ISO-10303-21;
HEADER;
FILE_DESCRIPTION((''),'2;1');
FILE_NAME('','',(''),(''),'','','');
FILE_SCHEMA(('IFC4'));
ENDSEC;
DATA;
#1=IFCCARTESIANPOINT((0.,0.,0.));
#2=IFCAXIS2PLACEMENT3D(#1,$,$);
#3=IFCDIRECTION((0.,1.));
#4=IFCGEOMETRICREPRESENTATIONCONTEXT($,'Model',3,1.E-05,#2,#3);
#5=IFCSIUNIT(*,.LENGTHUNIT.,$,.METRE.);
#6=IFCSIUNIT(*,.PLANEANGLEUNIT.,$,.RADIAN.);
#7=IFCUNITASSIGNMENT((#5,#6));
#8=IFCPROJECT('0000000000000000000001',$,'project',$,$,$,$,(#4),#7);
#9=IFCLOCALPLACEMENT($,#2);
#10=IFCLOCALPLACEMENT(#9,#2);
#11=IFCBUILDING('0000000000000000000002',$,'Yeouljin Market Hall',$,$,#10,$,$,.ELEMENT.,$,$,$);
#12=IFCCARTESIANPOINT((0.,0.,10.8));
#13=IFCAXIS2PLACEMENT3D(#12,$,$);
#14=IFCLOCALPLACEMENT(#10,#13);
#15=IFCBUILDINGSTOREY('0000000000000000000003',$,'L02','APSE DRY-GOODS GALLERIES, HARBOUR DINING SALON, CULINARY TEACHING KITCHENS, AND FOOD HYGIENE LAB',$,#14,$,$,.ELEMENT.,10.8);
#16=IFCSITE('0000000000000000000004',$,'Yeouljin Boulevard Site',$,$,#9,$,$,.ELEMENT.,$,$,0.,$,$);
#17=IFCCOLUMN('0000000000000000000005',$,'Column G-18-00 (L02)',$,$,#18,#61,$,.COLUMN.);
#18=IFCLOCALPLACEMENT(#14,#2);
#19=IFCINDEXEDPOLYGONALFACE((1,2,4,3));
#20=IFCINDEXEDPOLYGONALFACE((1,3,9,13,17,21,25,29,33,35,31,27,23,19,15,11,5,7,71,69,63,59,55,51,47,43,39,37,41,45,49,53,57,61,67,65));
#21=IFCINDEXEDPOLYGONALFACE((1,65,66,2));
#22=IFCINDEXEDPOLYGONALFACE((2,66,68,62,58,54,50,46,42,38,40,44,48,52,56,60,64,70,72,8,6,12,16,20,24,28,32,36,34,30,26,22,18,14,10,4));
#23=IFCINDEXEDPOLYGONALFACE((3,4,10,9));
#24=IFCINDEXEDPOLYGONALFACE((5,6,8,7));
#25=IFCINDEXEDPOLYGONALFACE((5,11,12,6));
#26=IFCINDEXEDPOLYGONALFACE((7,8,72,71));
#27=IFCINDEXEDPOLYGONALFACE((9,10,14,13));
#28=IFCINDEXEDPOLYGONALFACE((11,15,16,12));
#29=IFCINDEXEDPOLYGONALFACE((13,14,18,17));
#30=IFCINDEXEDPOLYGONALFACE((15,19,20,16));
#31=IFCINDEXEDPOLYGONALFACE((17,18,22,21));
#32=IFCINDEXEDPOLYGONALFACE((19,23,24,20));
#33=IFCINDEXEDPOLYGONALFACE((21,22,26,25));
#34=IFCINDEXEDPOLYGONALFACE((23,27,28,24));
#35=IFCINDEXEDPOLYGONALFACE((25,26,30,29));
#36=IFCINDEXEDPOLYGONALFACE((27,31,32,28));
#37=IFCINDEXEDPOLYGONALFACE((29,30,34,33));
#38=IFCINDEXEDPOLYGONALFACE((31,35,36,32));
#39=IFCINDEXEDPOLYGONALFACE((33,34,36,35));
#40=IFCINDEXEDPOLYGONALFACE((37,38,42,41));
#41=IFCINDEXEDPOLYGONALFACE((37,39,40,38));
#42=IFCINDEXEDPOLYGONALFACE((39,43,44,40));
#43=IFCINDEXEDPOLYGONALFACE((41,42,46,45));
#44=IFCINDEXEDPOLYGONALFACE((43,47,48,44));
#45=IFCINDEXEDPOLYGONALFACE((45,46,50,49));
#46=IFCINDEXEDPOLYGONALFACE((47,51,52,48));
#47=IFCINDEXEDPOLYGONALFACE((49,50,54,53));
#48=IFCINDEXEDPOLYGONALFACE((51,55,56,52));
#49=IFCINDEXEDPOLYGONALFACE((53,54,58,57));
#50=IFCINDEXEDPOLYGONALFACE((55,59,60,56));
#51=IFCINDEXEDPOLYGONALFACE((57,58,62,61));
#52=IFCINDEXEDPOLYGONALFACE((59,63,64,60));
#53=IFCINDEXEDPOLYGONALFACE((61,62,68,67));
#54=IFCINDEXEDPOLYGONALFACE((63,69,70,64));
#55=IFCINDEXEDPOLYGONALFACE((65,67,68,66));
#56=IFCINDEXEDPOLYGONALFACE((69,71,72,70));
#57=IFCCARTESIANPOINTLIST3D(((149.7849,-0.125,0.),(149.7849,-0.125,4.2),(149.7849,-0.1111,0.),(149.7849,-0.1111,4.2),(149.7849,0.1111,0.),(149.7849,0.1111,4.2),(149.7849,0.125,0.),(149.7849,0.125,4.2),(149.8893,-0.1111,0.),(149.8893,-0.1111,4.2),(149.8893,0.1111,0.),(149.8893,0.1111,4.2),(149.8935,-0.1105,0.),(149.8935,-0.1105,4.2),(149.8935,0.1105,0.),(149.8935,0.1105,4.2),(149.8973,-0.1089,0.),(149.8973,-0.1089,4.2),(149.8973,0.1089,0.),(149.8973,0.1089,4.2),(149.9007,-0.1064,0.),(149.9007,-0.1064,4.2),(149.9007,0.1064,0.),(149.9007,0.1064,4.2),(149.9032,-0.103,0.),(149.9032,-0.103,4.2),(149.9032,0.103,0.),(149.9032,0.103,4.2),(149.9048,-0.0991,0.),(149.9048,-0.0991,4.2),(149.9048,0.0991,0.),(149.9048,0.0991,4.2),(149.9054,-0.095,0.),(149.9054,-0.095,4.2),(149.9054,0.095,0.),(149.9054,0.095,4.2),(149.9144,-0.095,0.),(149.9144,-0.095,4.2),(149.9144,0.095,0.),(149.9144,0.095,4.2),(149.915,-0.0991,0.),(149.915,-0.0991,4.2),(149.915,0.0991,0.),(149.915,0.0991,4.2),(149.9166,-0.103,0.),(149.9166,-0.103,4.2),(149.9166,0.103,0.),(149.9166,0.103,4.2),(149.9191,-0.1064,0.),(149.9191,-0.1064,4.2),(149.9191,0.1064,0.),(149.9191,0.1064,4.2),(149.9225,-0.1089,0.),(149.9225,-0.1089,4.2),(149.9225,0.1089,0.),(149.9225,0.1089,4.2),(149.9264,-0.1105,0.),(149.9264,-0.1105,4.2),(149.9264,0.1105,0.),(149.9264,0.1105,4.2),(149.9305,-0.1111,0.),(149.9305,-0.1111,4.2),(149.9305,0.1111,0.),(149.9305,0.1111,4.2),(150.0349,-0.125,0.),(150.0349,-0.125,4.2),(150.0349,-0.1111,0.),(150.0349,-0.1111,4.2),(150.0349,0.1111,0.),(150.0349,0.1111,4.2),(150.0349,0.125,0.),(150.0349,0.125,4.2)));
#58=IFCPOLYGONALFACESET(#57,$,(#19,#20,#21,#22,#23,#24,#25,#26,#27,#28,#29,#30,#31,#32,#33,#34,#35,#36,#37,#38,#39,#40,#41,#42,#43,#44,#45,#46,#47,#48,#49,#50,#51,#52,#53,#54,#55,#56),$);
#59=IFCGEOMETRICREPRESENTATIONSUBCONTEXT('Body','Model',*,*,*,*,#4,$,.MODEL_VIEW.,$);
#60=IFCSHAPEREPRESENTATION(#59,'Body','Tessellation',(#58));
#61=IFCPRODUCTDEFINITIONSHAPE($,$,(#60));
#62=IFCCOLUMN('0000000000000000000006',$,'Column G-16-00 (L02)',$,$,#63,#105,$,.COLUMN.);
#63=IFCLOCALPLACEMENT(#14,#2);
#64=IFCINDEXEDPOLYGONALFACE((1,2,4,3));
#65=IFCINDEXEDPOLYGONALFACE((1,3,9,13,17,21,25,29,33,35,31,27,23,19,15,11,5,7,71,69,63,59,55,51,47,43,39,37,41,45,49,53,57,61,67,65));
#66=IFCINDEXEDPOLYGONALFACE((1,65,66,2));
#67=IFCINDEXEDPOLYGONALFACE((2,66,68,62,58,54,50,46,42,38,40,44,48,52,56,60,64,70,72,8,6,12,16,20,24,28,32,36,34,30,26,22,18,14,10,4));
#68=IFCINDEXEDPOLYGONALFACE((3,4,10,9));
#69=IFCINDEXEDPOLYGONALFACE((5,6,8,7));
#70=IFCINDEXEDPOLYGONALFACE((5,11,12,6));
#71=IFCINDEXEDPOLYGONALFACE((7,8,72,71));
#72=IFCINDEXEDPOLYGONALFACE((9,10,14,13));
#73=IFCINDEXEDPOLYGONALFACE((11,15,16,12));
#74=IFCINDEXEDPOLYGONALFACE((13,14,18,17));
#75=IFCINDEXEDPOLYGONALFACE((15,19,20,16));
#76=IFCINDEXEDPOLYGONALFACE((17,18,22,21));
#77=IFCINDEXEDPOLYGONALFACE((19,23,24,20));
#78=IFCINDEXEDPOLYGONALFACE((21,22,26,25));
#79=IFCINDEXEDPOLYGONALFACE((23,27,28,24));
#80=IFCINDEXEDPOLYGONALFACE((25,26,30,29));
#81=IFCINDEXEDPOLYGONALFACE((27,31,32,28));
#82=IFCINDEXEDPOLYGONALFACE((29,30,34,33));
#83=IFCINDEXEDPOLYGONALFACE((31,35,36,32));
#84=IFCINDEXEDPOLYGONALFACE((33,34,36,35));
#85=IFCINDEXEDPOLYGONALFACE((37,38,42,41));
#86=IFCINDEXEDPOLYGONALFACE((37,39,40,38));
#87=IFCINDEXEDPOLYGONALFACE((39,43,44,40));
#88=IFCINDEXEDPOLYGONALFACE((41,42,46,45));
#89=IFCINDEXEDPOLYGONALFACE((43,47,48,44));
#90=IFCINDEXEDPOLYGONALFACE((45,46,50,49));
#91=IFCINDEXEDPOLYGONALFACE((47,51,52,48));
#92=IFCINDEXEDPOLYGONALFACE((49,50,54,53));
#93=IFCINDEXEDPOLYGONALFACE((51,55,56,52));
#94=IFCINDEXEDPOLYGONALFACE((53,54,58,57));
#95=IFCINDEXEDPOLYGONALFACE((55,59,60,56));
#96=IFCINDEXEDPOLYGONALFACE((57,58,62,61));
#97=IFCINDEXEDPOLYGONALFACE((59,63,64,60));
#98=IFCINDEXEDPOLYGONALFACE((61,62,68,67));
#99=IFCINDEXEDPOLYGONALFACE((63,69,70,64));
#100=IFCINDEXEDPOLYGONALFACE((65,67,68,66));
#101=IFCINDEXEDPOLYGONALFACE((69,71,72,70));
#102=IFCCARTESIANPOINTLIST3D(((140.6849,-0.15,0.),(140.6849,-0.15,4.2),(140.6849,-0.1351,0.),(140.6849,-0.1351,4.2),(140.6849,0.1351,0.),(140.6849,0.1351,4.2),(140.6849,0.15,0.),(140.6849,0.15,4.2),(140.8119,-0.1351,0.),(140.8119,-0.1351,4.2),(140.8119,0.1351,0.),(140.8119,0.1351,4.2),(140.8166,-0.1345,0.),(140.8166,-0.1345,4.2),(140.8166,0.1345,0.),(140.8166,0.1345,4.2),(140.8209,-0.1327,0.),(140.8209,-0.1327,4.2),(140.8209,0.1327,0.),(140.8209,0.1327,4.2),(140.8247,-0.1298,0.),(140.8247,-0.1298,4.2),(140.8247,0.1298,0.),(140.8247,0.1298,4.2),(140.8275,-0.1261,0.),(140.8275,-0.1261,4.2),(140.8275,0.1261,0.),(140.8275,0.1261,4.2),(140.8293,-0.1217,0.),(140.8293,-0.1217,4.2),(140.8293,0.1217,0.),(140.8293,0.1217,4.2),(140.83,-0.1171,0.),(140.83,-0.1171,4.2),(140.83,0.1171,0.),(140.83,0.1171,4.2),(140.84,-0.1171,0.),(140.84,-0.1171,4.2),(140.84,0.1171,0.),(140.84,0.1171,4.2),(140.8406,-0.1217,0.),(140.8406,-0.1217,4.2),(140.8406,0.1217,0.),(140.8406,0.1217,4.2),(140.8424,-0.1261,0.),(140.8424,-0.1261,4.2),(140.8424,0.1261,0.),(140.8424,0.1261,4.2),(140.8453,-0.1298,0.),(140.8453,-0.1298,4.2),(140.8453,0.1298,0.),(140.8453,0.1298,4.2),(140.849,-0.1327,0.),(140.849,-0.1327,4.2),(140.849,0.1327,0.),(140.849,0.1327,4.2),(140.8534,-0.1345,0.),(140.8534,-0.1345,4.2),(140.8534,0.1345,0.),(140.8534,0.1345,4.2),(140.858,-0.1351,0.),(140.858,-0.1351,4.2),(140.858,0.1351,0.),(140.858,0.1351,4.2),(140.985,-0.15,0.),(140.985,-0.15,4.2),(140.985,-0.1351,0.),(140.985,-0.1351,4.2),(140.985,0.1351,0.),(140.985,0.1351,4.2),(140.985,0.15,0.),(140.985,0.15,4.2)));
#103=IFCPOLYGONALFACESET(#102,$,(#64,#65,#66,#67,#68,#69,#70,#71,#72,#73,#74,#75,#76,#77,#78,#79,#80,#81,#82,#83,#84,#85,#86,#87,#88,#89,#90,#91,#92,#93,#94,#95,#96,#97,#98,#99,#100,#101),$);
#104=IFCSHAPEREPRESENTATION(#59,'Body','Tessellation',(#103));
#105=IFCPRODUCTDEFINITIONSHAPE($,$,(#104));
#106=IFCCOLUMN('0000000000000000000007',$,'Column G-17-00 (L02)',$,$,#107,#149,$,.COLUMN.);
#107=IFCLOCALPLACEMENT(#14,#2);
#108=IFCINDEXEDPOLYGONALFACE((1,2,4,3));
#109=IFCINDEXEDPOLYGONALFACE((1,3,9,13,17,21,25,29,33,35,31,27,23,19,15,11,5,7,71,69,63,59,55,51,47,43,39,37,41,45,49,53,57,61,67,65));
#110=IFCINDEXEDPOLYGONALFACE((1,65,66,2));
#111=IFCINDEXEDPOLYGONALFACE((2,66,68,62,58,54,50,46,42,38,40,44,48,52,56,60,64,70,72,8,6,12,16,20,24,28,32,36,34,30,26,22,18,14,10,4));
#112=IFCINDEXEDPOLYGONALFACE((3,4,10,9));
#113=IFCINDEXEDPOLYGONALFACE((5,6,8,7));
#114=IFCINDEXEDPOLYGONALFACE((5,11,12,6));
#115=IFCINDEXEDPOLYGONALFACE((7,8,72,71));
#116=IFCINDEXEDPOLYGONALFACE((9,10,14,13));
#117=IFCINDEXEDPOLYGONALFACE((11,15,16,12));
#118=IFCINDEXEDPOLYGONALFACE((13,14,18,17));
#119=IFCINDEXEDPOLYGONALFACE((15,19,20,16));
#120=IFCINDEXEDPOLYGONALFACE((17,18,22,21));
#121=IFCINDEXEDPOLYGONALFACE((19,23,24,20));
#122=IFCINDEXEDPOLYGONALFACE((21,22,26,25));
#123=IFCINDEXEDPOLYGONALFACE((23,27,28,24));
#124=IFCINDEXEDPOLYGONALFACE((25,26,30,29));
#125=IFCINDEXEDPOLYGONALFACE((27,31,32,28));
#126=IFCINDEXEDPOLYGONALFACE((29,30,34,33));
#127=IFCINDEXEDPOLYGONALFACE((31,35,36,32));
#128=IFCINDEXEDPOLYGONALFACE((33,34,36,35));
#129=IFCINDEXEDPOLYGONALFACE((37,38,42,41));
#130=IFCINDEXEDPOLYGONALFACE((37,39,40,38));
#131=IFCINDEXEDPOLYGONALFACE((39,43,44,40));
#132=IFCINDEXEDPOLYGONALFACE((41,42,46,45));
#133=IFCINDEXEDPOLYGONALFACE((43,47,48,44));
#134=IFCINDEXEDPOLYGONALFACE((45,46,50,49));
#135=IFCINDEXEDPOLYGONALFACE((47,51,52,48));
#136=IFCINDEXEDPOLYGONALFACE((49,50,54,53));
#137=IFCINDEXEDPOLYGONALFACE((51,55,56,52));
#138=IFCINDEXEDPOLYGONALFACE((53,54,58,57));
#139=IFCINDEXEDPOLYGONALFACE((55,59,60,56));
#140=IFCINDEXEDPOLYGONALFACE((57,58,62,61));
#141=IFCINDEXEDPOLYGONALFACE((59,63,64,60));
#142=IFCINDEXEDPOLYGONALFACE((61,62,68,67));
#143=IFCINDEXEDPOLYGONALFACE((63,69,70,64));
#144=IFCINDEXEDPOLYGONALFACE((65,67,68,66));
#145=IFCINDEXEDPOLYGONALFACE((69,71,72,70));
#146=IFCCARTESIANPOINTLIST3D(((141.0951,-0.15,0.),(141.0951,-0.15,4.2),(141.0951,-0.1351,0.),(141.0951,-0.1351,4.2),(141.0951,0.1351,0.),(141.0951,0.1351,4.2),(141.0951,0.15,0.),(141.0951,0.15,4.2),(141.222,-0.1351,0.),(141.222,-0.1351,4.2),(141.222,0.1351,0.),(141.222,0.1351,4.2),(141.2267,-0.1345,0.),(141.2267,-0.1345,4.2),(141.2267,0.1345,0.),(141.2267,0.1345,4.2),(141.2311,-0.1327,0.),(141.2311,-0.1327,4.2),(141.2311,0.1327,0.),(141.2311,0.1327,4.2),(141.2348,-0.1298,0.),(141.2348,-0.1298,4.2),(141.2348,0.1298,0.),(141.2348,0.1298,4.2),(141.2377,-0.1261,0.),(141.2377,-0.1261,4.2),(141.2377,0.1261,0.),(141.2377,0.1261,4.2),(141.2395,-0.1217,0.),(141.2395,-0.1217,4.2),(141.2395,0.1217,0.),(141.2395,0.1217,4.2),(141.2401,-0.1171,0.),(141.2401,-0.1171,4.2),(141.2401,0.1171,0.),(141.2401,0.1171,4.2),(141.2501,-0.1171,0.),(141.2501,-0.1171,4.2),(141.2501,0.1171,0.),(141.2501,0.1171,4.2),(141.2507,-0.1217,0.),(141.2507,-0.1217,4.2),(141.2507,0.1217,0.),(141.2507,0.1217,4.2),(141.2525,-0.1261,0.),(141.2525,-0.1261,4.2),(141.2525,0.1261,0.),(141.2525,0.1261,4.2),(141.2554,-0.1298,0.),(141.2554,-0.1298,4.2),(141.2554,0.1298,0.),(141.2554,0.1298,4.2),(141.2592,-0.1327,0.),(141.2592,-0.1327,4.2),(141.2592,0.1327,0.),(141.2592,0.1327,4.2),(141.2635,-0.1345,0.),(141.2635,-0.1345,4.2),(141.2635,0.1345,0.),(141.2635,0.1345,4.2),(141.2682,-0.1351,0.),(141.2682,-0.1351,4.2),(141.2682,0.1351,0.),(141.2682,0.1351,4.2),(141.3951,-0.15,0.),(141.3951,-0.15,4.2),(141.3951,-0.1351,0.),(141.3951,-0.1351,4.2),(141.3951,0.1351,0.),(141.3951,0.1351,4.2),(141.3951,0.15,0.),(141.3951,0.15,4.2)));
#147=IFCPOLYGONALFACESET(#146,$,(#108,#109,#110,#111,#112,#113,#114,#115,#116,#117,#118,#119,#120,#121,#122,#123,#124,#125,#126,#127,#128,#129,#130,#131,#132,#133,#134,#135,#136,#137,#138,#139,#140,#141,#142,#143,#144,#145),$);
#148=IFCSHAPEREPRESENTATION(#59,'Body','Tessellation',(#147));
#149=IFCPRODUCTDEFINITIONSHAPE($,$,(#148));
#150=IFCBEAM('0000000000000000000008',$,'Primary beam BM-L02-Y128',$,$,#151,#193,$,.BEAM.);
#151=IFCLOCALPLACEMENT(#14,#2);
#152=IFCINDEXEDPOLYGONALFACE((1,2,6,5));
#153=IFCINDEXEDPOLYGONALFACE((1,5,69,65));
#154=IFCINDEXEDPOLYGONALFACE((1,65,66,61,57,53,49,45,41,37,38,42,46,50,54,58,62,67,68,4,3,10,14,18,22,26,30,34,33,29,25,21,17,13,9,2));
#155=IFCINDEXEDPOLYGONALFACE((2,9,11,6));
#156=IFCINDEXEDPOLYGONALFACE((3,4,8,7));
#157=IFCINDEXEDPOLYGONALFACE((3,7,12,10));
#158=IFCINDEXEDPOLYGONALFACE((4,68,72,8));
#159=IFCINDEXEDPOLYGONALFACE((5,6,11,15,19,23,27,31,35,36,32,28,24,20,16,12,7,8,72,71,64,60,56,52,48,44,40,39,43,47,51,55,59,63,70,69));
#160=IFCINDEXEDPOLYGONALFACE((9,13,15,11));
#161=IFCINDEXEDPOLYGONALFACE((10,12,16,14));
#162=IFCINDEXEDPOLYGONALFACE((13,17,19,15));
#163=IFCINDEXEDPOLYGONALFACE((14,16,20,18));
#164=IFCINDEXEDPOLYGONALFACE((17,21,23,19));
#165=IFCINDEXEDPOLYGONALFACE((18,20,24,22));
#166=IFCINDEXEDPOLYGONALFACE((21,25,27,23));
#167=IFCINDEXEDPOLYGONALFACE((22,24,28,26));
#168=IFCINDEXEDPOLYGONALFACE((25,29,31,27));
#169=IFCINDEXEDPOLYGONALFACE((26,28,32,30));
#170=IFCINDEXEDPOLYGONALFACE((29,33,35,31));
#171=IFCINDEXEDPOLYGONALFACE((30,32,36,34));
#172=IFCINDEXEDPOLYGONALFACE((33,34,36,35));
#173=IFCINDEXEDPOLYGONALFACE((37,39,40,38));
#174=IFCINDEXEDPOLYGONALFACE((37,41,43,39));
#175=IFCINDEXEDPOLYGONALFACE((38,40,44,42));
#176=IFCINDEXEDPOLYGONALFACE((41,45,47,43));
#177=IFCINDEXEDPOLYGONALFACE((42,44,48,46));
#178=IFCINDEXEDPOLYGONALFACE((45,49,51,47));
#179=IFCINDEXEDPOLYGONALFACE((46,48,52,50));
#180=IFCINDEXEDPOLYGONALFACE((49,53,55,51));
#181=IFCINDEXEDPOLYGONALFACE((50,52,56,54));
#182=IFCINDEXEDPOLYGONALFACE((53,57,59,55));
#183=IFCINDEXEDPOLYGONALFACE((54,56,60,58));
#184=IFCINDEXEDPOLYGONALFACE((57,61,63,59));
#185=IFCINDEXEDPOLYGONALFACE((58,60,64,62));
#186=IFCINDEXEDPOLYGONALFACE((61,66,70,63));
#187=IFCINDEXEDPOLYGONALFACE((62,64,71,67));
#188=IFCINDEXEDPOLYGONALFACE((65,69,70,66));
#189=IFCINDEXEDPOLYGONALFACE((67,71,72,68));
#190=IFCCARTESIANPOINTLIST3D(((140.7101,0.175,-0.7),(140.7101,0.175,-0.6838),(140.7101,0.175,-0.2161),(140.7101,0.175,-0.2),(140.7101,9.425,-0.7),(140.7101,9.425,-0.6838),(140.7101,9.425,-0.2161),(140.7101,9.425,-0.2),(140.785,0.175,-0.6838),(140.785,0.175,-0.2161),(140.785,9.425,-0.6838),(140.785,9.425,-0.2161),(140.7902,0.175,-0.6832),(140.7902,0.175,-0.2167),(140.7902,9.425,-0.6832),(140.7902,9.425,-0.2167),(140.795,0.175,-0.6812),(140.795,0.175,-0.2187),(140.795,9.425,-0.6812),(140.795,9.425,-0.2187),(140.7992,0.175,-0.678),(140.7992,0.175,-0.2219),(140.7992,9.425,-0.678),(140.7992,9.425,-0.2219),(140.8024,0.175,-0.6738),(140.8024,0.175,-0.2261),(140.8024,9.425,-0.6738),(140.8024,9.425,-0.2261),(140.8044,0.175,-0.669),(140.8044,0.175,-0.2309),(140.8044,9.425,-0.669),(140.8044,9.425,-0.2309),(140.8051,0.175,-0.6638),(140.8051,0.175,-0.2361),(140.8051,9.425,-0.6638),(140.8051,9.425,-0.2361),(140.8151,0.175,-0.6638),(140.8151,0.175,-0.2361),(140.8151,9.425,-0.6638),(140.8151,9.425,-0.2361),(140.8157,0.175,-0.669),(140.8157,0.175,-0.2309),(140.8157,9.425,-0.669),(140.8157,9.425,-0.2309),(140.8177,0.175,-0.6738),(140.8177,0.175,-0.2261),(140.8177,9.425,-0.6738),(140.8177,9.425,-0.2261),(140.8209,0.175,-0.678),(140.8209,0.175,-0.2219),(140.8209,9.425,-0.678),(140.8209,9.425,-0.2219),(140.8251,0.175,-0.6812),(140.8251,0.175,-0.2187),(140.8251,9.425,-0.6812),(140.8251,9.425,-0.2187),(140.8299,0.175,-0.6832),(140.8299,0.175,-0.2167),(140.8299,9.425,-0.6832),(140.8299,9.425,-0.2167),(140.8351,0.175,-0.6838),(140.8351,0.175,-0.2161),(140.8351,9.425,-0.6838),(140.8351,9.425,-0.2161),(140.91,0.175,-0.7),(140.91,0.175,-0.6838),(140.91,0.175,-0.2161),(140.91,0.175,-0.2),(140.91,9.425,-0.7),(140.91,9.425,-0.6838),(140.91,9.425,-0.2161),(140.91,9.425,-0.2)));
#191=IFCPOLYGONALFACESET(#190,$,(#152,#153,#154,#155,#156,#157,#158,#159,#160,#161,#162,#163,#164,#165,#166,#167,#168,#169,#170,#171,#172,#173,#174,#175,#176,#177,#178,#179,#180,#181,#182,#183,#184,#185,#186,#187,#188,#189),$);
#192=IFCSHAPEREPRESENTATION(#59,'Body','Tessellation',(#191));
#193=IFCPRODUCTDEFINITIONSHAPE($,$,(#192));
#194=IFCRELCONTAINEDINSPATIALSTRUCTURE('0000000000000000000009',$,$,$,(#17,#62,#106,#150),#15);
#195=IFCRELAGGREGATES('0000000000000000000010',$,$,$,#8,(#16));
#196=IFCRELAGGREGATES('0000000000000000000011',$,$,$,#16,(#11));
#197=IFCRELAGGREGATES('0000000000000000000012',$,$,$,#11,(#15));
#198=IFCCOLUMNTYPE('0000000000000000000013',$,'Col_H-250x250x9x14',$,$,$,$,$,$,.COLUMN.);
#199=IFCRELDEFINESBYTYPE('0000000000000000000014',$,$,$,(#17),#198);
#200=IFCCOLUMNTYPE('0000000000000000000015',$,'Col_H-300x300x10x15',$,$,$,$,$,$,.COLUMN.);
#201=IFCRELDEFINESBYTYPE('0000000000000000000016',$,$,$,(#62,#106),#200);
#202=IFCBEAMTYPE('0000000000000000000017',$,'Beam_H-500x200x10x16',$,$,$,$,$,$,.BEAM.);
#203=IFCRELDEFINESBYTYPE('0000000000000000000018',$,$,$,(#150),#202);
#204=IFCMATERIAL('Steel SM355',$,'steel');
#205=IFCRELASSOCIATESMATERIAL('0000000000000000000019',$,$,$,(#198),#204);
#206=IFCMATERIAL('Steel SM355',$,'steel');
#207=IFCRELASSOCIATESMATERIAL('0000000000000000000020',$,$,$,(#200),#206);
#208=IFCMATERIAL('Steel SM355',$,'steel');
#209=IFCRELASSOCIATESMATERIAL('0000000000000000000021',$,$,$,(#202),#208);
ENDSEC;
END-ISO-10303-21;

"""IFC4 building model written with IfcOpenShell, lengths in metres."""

from ifc_helpers import new_model, si_unit, direction, frame, origin, origin_2d, place, context, subcontext, project, spatial, i_section, extrude, material, material_profile, profile_set, type_object, element, save


model = new_model("IFC4")

# Units and contexts
model_context = context("Model", 3, precision=1e-05, world=origin(), true_north=direction((0.0, 1.0)))
body_context = subcontext(model_context, "Body", "Model", "MODEL_VIEW")
ifc_project = project(units=[si_unit("LENGTHUNIT", "METRE"), si_unit("PLANEANGLEUNIT", "RADIAN")], contexts=[model_context])

# Site, building, storey
site_placement = place(None, origin())
site = spatial("IfcSite", under=ifc_project, at=site_placement, Name="Yeouljin Boulevard Site", CompositionType="ELEMENT", RefElevation=0.0)
building_placement = place(site_placement, origin())
building = spatial("IfcBuilding", under=site, at=building_placement, Name="Yeouljin Market Hall", CompositionType="ELEMENT")
storey_placement = place(building_placement, frame((0.0, 0.0, 10.8)))
storey = spatial("IfcBuildingStorey", under=building, at=storey_placement, Name="L02", Description="APSE DRY-GOODS GALLERIES, HARBOUR DINING SALON, CULINARY TEACHING KITCHENS, AND FOOD HYGIENE LAB", CompositionType="ELEMENT", Elevation=10.8)

# Columns
ifc_material_1 = material(Name="Steel SM355", Category="steel")
ifc_material_profile_1 = material_profile(ifc_material_1, i_section(OverallWidth=0.25, OverallDepth=0.25, WebThickness=0.009, FlangeThickness=0.0139, FilletRadius=0.0161, at=origin_2d()), Name="H-250x250x9x14")
ifc_profile_set_1 = profile_set([ifc_material_profile_1], Name="Steel SM355")
column_type_1 = type_object("IfcColumnType", Name="Col_H-250x250x9x14", PredefinedType="COLUMN", material=ifc_profile_set_1)
column_placement = place(storey_placement, frame((149.9099, 0.0, 0.0), z_axis=(0.0, 0.0, 1.0), x_axis=(1.0, 0.0, 0.0)))
element("IfcColumn", 1, at=column_placement, inside=storey, type_object=column_type_1, Name="Column G-18-00 (L02)", PredefinedType="COLUMN", context=body_context, shape_type="SweptSolid", body=[
    extrude(i_section(OverallWidth=0.25, OverallDepth=0.25, WebThickness=0.009, FlangeThickness=0.0139, FilletRadius=0.0161, at=origin_2d()), origin(), (0.0, 0.0, 1.0), 4.2),
])
ifc_material_2 = material(Name="Steel SM355", Category="steel")
ifc_material_profile_2 = material_profile(ifc_material_2, i_section(OverallWidth=0.3, OverallDepth=0.3, WebThickness=0.01, FlangeThickness=0.0149, FilletRadius=0.0181, at=origin_2d()), Name="H-300x300x10x15")
ifc_profile_set_2 = profile_set([ifc_material_profile_2], Name="Steel SM355")
column_type_2 = type_object("IfcColumnType", Name="Col_H-300x300x10x15", PredefinedType="COLUMN", material=ifc_profile_set_2)
for number, where, z_axis, x_axis, name in (
    (2, (140.835, 0.0, 0.0), (0.0, 0.0, 1.0), (1.0, 0.0, 0.0), "Column G-16-00 (L02)"),
    (3, (141.2451, 0.0, 0.0), (0.0, 0.0, 1.0), (1.0, 0.0, 0.0), "Column G-17-00 (L02)"),
):
    element("IfcColumn", number, at=place(storey_placement, frame(where, z_axis=z_axis, x_axis=x_axis)), inside=storey, type_object=column_type_2, Name=name, PredefinedType="COLUMN", context=body_context, shape_type="SweptSolid", body=[
        extrude(i_section(OverallWidth=0.3, OverallDepth=0.3, WebThickness=0.01, FlangeThickness=0.0149, FilletRadius=0.0181, at=origin_2d()), origin(), (0.0, 0.0, 1.0), 4.2),
    ])

# Beam
ifc_material_3 = material(Name="Steel SM355", Category="steel")
ifc_material_profile_3 = material_profile(ifc_material_3, i_section(OverallWidth=0.2, OverallDepth=0.5, WebThickness=0.01, FlangeThickness=0.0161, FilletRadius=0.02, at=origin_2d()), Name="H-500x200x10x16")
ifc_profile_set_3 = profile_set([ifc_material_profile_3], Name="Steel SM355")
beam_type_1 = type_object("IfcBeamType", Name="Beam_H-500x200x10x16", PredefinedType="BEAM", material=ifc_profile_set_3)
for number, where, z_axis, x_axis, name in (
    (4, (140.8101, 0.175, -0.45), (0.0, 1.0, 0.0), (-1.0, 0.0, 0.0), "Primary beam BM-L02-Y128"),
):
    element("IfcBeam", number, at=place(storey_placement, frame(where, z_axis=z_axis, x_axis=x_axis)), inside=storey, type_object=beam_type_1, Name=name, PredefinedType="BEAM", context=body_context, shape_type="SweptSolid", body=[
        extrude(i_section(OverallWidth=0.2, OverallDepth=0.5, WebThickness=0.01, FlangeThickness=0.0161, FilletRadius=0.02, at=origin_2d()), origin(), (0.0, 0.0, 1.0), 9.25),
    ])

save(model, "model.ifc")
